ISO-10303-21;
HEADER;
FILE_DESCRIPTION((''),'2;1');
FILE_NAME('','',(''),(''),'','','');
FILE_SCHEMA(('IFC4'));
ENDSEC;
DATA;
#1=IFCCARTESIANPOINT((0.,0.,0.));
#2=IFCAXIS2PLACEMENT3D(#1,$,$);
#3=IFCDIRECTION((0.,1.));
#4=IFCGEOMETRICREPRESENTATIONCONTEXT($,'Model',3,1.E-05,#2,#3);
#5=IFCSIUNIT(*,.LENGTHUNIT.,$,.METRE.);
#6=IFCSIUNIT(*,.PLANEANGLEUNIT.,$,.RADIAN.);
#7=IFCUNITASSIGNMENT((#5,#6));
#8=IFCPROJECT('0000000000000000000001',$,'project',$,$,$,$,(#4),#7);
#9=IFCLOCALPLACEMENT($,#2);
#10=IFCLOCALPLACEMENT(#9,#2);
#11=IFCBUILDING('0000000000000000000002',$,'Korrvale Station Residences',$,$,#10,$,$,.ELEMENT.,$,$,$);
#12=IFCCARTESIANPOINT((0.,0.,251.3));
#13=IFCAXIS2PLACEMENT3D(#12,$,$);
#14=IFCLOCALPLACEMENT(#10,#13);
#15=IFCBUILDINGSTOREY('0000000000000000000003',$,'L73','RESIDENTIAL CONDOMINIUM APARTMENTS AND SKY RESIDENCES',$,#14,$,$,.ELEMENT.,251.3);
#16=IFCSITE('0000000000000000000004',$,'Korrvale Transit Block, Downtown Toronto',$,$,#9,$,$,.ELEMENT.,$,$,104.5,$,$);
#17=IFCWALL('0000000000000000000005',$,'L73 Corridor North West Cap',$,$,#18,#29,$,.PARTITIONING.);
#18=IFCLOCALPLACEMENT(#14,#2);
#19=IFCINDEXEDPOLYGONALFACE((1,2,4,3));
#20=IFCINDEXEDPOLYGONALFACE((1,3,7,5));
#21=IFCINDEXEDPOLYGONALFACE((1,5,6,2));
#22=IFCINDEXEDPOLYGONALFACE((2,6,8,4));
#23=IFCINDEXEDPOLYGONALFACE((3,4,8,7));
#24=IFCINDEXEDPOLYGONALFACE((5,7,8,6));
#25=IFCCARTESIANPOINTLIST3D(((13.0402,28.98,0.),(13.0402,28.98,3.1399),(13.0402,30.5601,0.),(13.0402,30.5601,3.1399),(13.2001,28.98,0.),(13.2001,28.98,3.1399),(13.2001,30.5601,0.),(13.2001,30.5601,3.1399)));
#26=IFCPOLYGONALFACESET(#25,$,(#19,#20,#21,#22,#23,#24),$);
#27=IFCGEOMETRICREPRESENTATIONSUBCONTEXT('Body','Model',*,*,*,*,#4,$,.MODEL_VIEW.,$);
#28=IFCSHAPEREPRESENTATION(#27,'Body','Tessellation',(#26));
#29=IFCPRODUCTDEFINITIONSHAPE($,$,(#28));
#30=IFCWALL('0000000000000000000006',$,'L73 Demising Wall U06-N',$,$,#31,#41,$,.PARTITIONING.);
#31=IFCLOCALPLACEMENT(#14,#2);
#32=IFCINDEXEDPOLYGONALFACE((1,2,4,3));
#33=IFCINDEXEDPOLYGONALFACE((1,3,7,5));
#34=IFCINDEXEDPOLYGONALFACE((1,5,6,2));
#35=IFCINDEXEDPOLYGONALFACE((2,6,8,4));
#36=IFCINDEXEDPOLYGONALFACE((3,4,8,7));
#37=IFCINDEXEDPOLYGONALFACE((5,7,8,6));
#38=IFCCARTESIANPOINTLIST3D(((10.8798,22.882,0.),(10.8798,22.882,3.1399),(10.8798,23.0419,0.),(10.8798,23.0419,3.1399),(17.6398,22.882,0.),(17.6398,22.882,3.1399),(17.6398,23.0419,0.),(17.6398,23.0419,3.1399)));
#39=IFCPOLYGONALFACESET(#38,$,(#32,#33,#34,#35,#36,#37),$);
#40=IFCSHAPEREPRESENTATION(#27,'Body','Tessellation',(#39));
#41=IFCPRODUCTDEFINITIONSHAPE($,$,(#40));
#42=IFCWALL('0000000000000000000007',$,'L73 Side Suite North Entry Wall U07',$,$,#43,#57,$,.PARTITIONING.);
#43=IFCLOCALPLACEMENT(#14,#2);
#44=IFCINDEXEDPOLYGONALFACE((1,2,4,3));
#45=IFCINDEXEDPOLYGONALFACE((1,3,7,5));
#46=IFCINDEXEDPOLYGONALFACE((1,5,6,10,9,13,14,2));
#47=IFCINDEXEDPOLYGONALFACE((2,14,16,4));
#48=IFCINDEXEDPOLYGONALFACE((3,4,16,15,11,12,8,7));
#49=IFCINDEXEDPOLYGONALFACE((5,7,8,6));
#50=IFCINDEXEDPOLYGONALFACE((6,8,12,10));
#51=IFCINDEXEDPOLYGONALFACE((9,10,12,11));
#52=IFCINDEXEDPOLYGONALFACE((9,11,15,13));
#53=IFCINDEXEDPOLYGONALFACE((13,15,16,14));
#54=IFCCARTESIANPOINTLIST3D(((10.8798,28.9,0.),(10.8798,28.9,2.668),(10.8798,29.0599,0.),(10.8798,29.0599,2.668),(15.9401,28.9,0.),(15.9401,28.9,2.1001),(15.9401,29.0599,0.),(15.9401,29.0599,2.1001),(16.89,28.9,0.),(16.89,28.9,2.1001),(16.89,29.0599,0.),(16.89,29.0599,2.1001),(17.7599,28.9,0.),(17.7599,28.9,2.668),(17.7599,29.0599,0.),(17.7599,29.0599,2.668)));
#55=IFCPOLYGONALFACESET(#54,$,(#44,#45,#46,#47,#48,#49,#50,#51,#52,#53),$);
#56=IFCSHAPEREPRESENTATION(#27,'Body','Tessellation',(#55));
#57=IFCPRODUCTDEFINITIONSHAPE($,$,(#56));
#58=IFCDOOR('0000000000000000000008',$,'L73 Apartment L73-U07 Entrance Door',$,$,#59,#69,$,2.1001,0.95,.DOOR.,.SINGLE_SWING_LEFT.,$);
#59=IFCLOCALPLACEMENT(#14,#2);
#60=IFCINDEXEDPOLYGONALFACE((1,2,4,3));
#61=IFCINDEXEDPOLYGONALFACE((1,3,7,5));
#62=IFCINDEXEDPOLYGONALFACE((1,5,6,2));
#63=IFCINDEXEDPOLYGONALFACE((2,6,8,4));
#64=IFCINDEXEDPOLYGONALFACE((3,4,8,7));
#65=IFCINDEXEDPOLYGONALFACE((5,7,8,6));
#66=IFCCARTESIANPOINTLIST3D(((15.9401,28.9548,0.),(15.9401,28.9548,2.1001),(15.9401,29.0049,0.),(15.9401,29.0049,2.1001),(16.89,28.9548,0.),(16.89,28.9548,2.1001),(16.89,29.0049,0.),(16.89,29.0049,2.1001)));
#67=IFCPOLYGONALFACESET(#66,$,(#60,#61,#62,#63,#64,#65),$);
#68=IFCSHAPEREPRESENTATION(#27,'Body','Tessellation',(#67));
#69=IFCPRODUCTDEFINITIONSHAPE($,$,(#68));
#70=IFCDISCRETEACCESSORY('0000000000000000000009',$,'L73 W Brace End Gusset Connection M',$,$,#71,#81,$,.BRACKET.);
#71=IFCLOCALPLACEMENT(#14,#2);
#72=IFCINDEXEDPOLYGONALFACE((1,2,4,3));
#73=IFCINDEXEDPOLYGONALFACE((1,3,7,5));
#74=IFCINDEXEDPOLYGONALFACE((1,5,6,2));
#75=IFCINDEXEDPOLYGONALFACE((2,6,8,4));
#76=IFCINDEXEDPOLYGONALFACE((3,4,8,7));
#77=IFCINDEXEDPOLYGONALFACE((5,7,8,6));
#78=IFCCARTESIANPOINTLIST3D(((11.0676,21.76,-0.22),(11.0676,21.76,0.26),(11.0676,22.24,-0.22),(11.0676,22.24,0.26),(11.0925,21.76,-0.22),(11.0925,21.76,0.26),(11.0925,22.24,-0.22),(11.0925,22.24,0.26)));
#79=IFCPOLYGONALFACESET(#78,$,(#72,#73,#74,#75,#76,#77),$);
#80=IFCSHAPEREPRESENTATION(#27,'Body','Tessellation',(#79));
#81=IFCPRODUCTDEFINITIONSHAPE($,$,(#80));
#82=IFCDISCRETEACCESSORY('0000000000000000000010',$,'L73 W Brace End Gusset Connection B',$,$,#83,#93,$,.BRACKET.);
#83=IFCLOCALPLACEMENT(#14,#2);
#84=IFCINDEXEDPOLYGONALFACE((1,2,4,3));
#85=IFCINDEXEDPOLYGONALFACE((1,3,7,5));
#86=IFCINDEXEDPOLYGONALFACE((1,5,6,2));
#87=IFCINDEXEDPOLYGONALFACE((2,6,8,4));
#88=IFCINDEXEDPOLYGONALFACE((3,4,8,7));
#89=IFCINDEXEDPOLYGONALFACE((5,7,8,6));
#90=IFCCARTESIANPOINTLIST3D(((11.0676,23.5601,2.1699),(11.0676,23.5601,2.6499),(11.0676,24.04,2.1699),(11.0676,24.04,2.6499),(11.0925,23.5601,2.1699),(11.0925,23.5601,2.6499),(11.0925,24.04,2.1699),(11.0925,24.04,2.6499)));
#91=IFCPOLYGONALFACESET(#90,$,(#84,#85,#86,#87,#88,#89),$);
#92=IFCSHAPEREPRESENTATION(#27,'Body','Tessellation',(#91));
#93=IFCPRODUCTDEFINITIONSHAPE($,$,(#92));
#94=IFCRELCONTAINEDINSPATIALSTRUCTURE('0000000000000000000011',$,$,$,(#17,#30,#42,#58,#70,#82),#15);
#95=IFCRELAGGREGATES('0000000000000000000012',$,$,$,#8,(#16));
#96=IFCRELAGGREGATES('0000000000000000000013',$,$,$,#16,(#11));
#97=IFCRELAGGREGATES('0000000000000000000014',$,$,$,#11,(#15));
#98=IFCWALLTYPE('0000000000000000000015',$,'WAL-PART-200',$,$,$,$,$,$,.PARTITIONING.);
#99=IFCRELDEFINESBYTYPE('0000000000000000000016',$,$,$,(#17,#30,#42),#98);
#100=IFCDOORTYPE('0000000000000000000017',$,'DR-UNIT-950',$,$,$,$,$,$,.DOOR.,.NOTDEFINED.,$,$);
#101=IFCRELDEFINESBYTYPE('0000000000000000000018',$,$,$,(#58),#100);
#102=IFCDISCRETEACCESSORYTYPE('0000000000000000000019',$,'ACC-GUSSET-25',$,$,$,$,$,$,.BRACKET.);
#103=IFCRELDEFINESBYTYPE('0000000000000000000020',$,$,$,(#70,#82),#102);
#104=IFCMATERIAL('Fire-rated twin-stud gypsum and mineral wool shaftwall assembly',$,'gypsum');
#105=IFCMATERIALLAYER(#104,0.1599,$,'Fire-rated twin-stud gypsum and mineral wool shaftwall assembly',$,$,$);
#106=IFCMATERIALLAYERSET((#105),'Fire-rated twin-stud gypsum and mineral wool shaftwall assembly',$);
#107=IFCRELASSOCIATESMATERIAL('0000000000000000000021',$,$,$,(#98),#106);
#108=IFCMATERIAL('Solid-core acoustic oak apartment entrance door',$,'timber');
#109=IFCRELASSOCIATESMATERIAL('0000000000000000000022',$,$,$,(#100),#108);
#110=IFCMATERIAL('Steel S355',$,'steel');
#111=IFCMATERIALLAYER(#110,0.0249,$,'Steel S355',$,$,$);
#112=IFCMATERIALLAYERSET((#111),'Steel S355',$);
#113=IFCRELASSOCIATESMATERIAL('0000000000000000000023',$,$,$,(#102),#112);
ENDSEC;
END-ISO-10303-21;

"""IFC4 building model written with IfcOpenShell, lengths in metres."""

from ifc_helpers import new_model, si_unit, direction, frame, frame_2d, origin, origin_2d, place, context, subcontext, project, spatial, rectangle, extrude, material, layer, layer_set, type_object, element, fill, save


model = new_model("IFC4")

# Units and contexts
model_context = context("Model", 3, precision=1e-05, world=origin(), true_north=direction((0.0, 1.0)))
body_context = subcontext(model_context, "Body", "Model", "MODEL_VIEW")
ifc_project = project(units=[si_unit("LENGTHUNIT", "METRE"), si_unit("PLANEANGLEUNIT", "RADIAN")], contexts=[model_context])

# Site, building, storey
site_placement = place(None, origin())
site = spatial("IfcSite", under=ifc_project, at=site_placement, Name="Korrvale Transit Block, Downtown Toronto", CompositionType="ELEMENT", RefElevation=104.5)
building_placement = place(site_placement, origin())
building = spatial("IfcBuilding", under=site, at=building_placement, Name="Korrvale Station Residences", CompositionType="ELEMENT")
storey_placement = place(building_placement, frame((0.0, 0.0, 251.3)))
storey = spatial("IfcBuildingStorey", under=building, at=storey_placement, Name="L73", Description="RESIDENTIAL CONDOMINIUM APARTMENTS AND SKY RESIDENCES", CompositionType="ELEMENT", Elevation=251.3)

# Shared definitions
ifc_material_1 = material(Name="Steel S355", Category="steel")

# Walls
ifc_material_2 = material(Name="Fire-rated twin-stud gypsum and mineral wool shaftwall assembly", Category="gypsum")
ifc_layer_1 = layer(ifc_material_2, 0.1599, Name="Fire-rated twin-stud gypsum and mineral wool shaftwall assembly")
ifc_layer_set_1 = layer_set([ifc_layer_1], Name="Fire-rated twin-stud gypsum and mineral wool shaftwall assembly")
wall_type_1 = type_object("IfcWallType", Name="WAL-PART-200", PredefinedType="PARTITIONING", material=ifc_layer_set_1)
wall_1_placement = place(storey_placement, frame((13.1201, 28.98, 0.0), z_axis=(0.0, 0.0, 1.0), x_axis=(0.0, 1.0, 0.0)))
element("IfcWall", 1, at=wall_1_placement, inside=storey, type_object=wall_type_1, Name="L73 Corridor North West Cap", PredefinedType="PARTITIONING", context=body_context, shape_type="SweptSolid", body=[
    extrude(rectangle(XDim=1.5801, YDim=0.1599, at=frame_2d((0.79, 0.0))), origin(), (0.0, 0.0, 1.0), 3.1399),
])
wall_2_placement = place(storey_placement, frame((10.8799, 22.9619, 0.0), z_axis=(0.0, 0.0, 1.0), x_axis=(1.0, 0.0, 0.0)))
element("IfcWall", 2, at=wall_2_placement, inside=storey, type_object=wall_type_1, Name="L73 Demising Wall U06-N", PredefinedType="PARTITIONING", context=body_context, shape_type="SweptSolid", body=[
    extrude(rectangle(XDim=6.76, YDim=0.1599, at=frame_2d((3.3799, 0.0))), origin(), (0.0, 0.0, 1.0), 3.1399),
])

# Wall, opening, door
wall_3_placement = place(storey_placement, frame((10.8799, 28.98, 0.0), z_axis=(0.0, 0.0, 1.0), x_axis=(1.0, 0.0, 0.0)))
wall_3 = element("IfcWall", 3, at=wall_3_placement, inside=storey, type_object=wall_type_1, Name="L73 Side Suite North Entry Wall U07", PredefinedType="PARTITIONING", context=body_context, shape_type="SweptSolid", body=[
    extrude(rectangle(XDim=6.8801, YDim=0.1599, at=frame_2d((3.4399, 0.0))), origin(), (0.0, 0.0, 1.0), 2.668),
])
opening_1_placement = place(wall_3_placement, frame((5.0601, 0.0, 0.0)))
opening_1 = element("IfcOpeningElement", 4, at=opening_1_placement, cuts=wall_3, PredefinedType="OPENING", context=body_context, shape_type="SweptSolid", body=[
    extrude(rectangle(XDim=0.95, YDim=2.1001, at=frame_2d((0.4751, 1.05))), frame((0.0, 0.0898, 0.0), z_axis=(0.0, -1.0, 0.0), x_axis=(1.0, 0.0, 0.0)), (0.0, 0.0, 1.0), 0.1799),
])
ifc_material_3 = material(Name="Solid-core acoustic oak apartment entrance door", Category="timber")
door_type_1 = type_object("IfcDoorType", Name="DR-UNIT-950", OperationType="NOTDEFINED", PredefinedType="DOOR", material=ifc_material_3)
door_1_placement = place(opening_1_placement, origin())
door_1 = element("IfcDoor", 5, at=door_1_placement, inside=storey, type_object=door_type_1, Name="L73 Apartment L73-U07 Entrance Door", OperationType="SINGLE_SWING_LEFT", OverallHeight=2.1001, OverallWidth=0.95, PredefinedType="DOOR", context=body_context, shape_type="SweptSolid", body=[
    extrude(rectangle(XDim=0.95, YDim=2.1001, at=frame_2d((0.4751, 1.05))), frame((0.0, 0.0249, 0.0), z_axis=(0.0, -1.0, 0.0), x_axis=(1.0, 0.0, 0.0)), (0.0, 0.0, 1.0), 0.05),
])
fill(opening_1, door_1)

# Discrete accessories
ifc_layer_2 = layer(ifc_material_1, 0.0249, Name="Steel S355")
ifc_layer_set_2 = layer_set([ifc_layer_2], Name="Steel S355")
discrete_accessory_type = type_object("IfcDiscreteAccessoryType", Name="ACC-GUSSET-25", PredefinedType="BRACKET", material=ifc_layer_set_2)
for number, where, z_axis, x_axis, name in (
    (6, (11.0801, 22.0, -0.22), (0.0, 0.0, 1.0), (0.0, 1.0, 0.0), "L73 W Brace End Gusset Connection M"),
    (7, (11.0801, 23.8, 2.1699), (0.0, 0.0, 1.0), (0.0, 1.0, 0.0), "L73 W Brace End Gusset Connection B"),
):
    element("IfcDiscreteAccessory", number, at=place(storey_placement, frame(where, z_axis=z_axis, x_axis=x_axis)), inside=storey, type_object=discrete_accessory_type, Name=name, PredefinedType="BRACKET", context=body_context, shape_type="SweptSolid", body=[
        extrude(rectangle(XDim=0.48, YDim=0.0249, at=origin_2d()), origin(), (0.0, 0.0, 1.0), 0.48),
    ])

save(model, "model.ifc")
